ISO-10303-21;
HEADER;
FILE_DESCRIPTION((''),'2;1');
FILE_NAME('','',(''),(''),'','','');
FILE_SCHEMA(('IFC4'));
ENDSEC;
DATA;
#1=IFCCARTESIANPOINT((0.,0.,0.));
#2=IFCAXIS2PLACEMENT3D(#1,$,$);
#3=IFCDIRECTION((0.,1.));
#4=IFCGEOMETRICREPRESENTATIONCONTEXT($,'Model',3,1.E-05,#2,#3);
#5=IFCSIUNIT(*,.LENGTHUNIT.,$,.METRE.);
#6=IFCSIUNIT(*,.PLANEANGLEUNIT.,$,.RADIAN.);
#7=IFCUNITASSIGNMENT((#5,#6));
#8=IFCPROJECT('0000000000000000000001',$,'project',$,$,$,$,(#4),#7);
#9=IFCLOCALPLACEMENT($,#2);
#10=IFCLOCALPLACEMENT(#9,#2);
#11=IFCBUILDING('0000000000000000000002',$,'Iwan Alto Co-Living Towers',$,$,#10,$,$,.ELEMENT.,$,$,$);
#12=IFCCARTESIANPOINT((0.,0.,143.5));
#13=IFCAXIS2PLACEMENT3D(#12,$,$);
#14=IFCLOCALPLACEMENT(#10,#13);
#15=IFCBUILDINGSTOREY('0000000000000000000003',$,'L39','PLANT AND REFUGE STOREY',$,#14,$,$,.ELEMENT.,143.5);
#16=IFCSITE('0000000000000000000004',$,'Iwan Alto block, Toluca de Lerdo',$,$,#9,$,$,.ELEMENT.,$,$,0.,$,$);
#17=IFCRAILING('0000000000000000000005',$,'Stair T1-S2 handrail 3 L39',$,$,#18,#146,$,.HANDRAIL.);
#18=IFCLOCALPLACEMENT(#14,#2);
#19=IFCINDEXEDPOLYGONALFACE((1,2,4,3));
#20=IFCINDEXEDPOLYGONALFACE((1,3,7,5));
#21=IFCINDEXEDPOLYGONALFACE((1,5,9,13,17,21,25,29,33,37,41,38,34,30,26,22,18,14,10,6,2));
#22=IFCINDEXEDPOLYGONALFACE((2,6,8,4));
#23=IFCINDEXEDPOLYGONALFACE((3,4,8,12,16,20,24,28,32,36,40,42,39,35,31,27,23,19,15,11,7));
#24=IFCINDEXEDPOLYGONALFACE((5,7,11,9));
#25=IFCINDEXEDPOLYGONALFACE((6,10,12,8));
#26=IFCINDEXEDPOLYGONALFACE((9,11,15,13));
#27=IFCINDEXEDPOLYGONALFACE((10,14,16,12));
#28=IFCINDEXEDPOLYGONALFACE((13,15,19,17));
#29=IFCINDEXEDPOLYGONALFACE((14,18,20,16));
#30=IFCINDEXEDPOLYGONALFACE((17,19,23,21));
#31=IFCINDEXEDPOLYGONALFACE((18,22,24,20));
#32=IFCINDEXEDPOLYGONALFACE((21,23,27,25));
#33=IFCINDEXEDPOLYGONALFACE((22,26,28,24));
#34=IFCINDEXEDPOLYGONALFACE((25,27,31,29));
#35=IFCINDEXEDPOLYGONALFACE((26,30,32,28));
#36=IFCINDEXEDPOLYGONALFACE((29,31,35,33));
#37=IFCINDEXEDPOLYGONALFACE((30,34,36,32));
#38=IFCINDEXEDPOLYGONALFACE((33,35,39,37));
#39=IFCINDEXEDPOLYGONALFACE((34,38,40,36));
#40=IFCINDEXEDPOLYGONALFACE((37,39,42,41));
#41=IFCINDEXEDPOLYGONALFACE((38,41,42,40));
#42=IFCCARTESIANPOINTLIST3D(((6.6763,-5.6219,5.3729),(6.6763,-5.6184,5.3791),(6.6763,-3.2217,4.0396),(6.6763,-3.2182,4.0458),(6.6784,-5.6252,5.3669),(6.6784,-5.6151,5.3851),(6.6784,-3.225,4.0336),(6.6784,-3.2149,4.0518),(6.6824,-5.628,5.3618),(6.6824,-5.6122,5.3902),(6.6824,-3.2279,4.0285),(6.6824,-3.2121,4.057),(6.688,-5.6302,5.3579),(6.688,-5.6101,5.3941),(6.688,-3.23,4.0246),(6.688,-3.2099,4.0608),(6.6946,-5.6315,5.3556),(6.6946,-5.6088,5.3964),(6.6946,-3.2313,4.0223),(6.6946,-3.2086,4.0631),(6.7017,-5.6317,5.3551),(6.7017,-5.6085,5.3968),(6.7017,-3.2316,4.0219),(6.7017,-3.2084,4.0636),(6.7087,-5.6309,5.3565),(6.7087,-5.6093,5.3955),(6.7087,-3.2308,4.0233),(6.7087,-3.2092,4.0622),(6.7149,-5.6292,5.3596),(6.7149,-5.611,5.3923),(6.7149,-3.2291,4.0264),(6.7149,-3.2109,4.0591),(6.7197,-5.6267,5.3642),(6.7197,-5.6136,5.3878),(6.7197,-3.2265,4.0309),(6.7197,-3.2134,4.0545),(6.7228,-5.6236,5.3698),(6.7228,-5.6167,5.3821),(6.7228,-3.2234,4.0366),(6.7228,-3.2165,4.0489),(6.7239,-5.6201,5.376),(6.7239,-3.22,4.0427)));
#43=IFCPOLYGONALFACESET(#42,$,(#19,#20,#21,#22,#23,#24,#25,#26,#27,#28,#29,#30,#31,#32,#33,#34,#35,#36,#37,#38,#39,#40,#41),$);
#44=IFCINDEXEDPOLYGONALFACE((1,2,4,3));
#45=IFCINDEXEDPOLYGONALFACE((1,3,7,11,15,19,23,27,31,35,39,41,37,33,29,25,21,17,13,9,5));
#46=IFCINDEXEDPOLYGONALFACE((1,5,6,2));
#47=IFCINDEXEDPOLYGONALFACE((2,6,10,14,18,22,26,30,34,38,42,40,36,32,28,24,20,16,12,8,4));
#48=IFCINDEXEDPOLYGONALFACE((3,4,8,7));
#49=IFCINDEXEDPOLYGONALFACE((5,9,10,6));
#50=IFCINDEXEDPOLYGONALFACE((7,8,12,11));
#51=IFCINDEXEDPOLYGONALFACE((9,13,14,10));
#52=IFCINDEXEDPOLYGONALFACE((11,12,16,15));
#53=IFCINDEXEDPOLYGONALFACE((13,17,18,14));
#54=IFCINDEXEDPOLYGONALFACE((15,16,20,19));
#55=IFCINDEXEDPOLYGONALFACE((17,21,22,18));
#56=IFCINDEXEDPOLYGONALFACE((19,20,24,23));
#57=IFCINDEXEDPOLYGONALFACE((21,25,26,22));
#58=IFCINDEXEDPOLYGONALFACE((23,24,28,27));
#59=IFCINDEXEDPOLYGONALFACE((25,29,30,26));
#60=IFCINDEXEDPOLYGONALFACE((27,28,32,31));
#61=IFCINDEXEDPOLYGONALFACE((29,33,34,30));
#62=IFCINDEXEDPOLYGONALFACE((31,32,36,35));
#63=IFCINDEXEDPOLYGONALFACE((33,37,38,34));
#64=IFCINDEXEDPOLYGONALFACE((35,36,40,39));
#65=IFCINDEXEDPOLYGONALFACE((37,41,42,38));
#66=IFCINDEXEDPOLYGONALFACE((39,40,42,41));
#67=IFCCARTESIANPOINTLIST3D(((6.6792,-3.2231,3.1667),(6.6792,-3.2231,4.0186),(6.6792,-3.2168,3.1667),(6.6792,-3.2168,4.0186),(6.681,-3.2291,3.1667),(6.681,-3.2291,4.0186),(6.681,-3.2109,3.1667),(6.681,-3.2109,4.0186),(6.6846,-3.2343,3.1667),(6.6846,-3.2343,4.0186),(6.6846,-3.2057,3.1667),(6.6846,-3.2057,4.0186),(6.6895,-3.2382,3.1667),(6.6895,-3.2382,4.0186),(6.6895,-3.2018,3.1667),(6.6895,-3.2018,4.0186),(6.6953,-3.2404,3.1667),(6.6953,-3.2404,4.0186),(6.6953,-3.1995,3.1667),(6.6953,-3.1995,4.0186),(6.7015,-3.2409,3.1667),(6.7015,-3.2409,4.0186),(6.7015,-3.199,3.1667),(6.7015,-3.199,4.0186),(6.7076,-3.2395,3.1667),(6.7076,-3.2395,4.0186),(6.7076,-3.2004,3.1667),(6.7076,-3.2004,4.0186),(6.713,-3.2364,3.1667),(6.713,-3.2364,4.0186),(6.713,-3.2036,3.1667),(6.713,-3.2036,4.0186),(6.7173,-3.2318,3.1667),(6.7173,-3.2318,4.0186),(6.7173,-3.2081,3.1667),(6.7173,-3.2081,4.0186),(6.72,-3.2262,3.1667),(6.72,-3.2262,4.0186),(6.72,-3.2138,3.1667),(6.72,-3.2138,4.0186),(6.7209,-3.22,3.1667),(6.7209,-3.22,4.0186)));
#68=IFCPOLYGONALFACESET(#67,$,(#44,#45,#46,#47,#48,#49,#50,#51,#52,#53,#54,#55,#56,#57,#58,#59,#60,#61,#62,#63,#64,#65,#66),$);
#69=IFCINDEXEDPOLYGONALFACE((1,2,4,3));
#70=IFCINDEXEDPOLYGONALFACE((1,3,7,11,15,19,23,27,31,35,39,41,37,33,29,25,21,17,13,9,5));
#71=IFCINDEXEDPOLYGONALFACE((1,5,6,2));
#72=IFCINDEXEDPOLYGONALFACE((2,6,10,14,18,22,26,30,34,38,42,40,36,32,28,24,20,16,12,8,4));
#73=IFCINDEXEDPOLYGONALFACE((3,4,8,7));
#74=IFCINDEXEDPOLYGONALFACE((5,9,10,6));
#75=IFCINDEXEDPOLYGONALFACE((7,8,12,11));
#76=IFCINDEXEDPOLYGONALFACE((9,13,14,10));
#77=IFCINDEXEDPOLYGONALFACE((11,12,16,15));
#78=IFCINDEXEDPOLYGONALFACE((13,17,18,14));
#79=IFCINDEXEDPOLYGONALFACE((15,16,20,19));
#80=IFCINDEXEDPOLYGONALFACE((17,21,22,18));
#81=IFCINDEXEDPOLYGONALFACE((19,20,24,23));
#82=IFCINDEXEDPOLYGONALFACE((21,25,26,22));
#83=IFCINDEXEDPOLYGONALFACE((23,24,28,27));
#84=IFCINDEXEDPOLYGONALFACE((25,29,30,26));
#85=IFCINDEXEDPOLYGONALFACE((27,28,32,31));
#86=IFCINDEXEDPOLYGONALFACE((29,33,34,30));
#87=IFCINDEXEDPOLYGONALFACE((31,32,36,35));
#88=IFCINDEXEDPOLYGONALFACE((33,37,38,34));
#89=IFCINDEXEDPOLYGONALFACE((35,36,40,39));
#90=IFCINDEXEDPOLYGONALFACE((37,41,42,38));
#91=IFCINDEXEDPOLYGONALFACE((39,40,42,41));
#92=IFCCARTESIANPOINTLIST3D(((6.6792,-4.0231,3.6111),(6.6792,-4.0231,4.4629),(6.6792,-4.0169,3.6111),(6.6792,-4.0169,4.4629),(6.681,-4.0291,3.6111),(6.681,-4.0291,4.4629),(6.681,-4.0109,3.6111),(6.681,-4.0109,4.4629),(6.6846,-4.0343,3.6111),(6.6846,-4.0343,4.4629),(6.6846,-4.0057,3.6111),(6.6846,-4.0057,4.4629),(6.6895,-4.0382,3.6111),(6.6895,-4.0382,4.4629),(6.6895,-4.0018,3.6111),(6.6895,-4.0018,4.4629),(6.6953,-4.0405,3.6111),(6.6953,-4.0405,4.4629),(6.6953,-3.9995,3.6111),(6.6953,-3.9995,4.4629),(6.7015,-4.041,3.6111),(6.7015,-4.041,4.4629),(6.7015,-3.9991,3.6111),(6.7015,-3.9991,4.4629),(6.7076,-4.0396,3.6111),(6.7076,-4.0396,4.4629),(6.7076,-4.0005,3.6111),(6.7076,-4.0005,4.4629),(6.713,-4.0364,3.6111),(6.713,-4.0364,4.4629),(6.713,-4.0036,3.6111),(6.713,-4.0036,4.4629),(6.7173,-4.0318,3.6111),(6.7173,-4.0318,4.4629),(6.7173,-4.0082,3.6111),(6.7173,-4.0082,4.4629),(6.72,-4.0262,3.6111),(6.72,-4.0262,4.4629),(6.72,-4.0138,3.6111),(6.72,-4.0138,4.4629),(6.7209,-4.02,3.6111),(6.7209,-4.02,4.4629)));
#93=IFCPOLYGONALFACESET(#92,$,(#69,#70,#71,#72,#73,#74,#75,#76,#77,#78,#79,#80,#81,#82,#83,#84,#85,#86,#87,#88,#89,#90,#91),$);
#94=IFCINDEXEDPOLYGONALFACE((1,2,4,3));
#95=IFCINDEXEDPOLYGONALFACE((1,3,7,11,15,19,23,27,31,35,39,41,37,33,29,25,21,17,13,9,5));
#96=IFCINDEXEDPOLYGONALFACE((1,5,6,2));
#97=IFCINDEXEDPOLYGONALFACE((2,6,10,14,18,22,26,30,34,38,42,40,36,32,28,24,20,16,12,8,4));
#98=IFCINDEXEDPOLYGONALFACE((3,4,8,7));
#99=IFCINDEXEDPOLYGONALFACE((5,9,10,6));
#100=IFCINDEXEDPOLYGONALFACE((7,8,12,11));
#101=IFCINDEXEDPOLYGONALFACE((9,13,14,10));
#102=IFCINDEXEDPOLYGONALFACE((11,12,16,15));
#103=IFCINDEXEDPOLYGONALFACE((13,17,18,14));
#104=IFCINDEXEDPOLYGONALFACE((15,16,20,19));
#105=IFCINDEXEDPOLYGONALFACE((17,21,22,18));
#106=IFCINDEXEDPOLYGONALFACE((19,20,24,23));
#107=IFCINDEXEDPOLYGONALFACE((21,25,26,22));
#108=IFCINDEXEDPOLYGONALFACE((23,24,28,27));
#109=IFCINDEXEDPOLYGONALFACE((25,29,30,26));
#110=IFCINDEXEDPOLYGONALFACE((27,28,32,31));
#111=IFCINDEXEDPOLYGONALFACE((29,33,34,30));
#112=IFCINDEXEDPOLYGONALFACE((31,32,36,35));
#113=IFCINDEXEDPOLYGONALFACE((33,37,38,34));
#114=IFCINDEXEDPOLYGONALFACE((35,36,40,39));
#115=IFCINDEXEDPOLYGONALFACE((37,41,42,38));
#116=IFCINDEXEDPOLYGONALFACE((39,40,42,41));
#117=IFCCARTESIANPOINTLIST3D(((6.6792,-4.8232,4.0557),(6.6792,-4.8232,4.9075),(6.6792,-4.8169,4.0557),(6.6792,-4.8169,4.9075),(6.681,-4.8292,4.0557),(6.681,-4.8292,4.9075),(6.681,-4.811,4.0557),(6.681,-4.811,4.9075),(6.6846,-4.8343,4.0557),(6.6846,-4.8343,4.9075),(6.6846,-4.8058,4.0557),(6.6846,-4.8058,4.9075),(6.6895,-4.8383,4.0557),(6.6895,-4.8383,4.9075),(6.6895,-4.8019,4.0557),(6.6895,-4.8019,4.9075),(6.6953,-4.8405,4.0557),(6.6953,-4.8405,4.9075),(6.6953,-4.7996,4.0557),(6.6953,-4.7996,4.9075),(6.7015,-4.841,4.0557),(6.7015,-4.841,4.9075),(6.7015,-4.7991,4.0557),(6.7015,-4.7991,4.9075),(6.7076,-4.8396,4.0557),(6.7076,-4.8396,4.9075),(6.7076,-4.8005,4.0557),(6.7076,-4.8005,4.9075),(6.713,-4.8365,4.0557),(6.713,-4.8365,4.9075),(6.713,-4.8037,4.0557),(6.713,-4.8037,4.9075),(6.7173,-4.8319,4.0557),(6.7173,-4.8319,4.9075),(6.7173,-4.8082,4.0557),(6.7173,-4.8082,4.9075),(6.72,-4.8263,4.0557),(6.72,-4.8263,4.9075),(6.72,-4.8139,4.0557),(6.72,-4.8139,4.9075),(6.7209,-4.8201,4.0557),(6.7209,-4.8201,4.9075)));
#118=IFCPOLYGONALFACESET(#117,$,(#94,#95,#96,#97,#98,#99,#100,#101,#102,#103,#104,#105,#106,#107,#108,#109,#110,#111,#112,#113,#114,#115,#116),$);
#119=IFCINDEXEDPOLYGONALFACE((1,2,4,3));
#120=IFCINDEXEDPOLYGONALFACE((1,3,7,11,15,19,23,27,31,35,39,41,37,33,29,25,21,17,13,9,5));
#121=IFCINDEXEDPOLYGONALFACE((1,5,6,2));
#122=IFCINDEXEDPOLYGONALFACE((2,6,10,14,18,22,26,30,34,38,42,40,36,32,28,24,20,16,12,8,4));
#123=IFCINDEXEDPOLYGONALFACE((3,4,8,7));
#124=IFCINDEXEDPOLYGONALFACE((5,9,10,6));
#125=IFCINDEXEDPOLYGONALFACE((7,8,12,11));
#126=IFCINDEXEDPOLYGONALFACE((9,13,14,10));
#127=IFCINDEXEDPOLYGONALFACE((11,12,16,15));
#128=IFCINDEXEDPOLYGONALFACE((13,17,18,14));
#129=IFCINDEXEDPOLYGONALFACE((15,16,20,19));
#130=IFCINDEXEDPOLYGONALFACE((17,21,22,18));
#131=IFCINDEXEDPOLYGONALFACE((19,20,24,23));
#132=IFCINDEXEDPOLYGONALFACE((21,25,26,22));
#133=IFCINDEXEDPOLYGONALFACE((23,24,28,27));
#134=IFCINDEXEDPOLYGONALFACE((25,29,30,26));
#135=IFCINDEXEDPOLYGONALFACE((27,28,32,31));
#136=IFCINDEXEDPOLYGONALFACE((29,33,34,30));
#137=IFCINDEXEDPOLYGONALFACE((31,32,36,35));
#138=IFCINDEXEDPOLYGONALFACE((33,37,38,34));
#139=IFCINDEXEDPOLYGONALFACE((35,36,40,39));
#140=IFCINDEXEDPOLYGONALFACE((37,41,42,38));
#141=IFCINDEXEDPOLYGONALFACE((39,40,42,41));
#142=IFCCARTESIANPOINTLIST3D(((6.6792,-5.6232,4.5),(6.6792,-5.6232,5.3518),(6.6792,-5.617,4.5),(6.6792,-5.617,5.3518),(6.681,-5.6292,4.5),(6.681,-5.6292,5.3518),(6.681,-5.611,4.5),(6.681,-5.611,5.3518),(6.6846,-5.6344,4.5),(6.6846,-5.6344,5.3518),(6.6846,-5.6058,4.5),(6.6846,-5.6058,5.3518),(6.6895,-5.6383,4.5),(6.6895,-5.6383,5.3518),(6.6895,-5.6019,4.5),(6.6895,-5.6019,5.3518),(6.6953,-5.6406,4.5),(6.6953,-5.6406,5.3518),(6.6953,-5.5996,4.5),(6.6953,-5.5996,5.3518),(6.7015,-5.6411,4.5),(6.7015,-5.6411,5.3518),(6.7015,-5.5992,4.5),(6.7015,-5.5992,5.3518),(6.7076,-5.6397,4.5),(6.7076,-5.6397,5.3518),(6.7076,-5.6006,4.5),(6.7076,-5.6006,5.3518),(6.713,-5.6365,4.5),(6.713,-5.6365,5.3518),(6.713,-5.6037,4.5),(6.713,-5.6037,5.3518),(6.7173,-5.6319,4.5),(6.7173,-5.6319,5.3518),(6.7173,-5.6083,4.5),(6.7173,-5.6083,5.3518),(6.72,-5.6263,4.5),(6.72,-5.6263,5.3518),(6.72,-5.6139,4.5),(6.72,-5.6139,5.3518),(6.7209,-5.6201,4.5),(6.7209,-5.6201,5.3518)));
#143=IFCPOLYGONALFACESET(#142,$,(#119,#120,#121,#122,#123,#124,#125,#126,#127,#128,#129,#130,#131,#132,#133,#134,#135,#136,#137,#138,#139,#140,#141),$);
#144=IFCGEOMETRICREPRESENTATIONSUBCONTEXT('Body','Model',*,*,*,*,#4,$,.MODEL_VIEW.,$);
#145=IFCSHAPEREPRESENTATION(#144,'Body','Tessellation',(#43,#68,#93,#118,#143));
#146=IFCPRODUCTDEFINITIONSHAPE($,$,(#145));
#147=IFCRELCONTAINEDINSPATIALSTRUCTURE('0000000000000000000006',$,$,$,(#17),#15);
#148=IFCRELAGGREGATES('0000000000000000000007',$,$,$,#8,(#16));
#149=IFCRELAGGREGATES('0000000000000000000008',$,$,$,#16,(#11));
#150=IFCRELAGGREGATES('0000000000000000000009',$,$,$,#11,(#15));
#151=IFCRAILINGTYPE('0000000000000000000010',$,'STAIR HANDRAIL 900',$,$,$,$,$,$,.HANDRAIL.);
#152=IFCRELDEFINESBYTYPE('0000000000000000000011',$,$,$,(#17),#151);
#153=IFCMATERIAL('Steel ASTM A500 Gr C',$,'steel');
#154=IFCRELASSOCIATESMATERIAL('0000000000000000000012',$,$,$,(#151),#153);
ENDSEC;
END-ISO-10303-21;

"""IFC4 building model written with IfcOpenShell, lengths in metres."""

from ifc_helpers import new_model, si_unit, direction, frame, origin, origin_2d, place, context, subcontext, project, spatial, circle, extrude, material, type_object, element, save


model = new_model("IFC4")

# Units and contexts
model_context = context("Model", 3, precision=1e-05, world=origin(), true_north=direction((0.0, 1.0)))
body_context = subcontext(model_context, "Body", "Model", "MODEL_VIEW")
ifc_project = project(units=[si_unit("LENGTHUNIT", "METRE"), si_unit("PLANEANGLEUNIT", "RADIAN")], contexts=[model_context])

# Site, building, storey
site_placement = place(None, origin())
site = spatial("IfcSite", under=ifc_project, at=site_placement, Name="Iwan Alto block, Toluca de Lerdo", CompositionType="ELEMENT", RefElevation=0.0)
building_placement = place(site_placement, origin())
building = spatial("IfcBuilding", under=site, at=building_placement, Name="Iwan Alto Co-Living Towers", CompositionType="ELEMENT")
storey_placement = place(building_placement, frame((0.0, 0.0, 143.5)))
storey = spatial("IfcBuildingStorey", under=building, at=storey_placement, Name="L39", Description="PLANT AND REFUGE STOREY", CompositionType="ELEMENT", Elevation=143.5)

# Railing
ifc_material_1 = material(Name="Steel ASTM A500 Gr C", Category="steel")
railing_type_1 = type_object("IfcRailingType", Name="STAIR HANDRAIL 900", PredefinedType="HANDRAIL", material=ifc_material_1)
railing_1_placement = place(storey_placement, frame((6.7, -3.22, 3.1667)))
element("IfcRailing", 1, at=railing_1_placement, inside=storey, type_object=railing_type_1, Name="Stair T1-S2 handrail 3 L39", PredefinedType="HANDRAIL", context=body_context, shape_type="SweptSolid", body=[
    extrude(circle(Radius=0.0239, at=origin_2d()), frame((0.0, 0.0, 0.876), z_axis=(0.0, -0.874182, 0.485598), x_axis=(1.0, 0.0, 0.0)), (0.0, 0.0, 1.0), 2.7456),
    extrude(circle(Radius=0.021, at=origin_2d()), origin(), (0.0, 0.0, 1.0), 0.8518),
    extrude(circle(Radius=0.021, at=origin_2d()), frame((0.0, -0.8, 0.4443)), (0.0, 0.0, 1.0), 0.8518),
    extrude(circle(Radius=0.021, at=origin_2d()), frame((0.0, -1.6001, 0.8889)), (0.0, 0.0, 1.0), 0.8518),
    extrude(circle(Radius=0.021, at=origin_2d()), frame((0.0, -2.4001, 1.3333)), (0.0, 0.0, 1.0), 0.8518),
])

save(model, "model.ifc")
